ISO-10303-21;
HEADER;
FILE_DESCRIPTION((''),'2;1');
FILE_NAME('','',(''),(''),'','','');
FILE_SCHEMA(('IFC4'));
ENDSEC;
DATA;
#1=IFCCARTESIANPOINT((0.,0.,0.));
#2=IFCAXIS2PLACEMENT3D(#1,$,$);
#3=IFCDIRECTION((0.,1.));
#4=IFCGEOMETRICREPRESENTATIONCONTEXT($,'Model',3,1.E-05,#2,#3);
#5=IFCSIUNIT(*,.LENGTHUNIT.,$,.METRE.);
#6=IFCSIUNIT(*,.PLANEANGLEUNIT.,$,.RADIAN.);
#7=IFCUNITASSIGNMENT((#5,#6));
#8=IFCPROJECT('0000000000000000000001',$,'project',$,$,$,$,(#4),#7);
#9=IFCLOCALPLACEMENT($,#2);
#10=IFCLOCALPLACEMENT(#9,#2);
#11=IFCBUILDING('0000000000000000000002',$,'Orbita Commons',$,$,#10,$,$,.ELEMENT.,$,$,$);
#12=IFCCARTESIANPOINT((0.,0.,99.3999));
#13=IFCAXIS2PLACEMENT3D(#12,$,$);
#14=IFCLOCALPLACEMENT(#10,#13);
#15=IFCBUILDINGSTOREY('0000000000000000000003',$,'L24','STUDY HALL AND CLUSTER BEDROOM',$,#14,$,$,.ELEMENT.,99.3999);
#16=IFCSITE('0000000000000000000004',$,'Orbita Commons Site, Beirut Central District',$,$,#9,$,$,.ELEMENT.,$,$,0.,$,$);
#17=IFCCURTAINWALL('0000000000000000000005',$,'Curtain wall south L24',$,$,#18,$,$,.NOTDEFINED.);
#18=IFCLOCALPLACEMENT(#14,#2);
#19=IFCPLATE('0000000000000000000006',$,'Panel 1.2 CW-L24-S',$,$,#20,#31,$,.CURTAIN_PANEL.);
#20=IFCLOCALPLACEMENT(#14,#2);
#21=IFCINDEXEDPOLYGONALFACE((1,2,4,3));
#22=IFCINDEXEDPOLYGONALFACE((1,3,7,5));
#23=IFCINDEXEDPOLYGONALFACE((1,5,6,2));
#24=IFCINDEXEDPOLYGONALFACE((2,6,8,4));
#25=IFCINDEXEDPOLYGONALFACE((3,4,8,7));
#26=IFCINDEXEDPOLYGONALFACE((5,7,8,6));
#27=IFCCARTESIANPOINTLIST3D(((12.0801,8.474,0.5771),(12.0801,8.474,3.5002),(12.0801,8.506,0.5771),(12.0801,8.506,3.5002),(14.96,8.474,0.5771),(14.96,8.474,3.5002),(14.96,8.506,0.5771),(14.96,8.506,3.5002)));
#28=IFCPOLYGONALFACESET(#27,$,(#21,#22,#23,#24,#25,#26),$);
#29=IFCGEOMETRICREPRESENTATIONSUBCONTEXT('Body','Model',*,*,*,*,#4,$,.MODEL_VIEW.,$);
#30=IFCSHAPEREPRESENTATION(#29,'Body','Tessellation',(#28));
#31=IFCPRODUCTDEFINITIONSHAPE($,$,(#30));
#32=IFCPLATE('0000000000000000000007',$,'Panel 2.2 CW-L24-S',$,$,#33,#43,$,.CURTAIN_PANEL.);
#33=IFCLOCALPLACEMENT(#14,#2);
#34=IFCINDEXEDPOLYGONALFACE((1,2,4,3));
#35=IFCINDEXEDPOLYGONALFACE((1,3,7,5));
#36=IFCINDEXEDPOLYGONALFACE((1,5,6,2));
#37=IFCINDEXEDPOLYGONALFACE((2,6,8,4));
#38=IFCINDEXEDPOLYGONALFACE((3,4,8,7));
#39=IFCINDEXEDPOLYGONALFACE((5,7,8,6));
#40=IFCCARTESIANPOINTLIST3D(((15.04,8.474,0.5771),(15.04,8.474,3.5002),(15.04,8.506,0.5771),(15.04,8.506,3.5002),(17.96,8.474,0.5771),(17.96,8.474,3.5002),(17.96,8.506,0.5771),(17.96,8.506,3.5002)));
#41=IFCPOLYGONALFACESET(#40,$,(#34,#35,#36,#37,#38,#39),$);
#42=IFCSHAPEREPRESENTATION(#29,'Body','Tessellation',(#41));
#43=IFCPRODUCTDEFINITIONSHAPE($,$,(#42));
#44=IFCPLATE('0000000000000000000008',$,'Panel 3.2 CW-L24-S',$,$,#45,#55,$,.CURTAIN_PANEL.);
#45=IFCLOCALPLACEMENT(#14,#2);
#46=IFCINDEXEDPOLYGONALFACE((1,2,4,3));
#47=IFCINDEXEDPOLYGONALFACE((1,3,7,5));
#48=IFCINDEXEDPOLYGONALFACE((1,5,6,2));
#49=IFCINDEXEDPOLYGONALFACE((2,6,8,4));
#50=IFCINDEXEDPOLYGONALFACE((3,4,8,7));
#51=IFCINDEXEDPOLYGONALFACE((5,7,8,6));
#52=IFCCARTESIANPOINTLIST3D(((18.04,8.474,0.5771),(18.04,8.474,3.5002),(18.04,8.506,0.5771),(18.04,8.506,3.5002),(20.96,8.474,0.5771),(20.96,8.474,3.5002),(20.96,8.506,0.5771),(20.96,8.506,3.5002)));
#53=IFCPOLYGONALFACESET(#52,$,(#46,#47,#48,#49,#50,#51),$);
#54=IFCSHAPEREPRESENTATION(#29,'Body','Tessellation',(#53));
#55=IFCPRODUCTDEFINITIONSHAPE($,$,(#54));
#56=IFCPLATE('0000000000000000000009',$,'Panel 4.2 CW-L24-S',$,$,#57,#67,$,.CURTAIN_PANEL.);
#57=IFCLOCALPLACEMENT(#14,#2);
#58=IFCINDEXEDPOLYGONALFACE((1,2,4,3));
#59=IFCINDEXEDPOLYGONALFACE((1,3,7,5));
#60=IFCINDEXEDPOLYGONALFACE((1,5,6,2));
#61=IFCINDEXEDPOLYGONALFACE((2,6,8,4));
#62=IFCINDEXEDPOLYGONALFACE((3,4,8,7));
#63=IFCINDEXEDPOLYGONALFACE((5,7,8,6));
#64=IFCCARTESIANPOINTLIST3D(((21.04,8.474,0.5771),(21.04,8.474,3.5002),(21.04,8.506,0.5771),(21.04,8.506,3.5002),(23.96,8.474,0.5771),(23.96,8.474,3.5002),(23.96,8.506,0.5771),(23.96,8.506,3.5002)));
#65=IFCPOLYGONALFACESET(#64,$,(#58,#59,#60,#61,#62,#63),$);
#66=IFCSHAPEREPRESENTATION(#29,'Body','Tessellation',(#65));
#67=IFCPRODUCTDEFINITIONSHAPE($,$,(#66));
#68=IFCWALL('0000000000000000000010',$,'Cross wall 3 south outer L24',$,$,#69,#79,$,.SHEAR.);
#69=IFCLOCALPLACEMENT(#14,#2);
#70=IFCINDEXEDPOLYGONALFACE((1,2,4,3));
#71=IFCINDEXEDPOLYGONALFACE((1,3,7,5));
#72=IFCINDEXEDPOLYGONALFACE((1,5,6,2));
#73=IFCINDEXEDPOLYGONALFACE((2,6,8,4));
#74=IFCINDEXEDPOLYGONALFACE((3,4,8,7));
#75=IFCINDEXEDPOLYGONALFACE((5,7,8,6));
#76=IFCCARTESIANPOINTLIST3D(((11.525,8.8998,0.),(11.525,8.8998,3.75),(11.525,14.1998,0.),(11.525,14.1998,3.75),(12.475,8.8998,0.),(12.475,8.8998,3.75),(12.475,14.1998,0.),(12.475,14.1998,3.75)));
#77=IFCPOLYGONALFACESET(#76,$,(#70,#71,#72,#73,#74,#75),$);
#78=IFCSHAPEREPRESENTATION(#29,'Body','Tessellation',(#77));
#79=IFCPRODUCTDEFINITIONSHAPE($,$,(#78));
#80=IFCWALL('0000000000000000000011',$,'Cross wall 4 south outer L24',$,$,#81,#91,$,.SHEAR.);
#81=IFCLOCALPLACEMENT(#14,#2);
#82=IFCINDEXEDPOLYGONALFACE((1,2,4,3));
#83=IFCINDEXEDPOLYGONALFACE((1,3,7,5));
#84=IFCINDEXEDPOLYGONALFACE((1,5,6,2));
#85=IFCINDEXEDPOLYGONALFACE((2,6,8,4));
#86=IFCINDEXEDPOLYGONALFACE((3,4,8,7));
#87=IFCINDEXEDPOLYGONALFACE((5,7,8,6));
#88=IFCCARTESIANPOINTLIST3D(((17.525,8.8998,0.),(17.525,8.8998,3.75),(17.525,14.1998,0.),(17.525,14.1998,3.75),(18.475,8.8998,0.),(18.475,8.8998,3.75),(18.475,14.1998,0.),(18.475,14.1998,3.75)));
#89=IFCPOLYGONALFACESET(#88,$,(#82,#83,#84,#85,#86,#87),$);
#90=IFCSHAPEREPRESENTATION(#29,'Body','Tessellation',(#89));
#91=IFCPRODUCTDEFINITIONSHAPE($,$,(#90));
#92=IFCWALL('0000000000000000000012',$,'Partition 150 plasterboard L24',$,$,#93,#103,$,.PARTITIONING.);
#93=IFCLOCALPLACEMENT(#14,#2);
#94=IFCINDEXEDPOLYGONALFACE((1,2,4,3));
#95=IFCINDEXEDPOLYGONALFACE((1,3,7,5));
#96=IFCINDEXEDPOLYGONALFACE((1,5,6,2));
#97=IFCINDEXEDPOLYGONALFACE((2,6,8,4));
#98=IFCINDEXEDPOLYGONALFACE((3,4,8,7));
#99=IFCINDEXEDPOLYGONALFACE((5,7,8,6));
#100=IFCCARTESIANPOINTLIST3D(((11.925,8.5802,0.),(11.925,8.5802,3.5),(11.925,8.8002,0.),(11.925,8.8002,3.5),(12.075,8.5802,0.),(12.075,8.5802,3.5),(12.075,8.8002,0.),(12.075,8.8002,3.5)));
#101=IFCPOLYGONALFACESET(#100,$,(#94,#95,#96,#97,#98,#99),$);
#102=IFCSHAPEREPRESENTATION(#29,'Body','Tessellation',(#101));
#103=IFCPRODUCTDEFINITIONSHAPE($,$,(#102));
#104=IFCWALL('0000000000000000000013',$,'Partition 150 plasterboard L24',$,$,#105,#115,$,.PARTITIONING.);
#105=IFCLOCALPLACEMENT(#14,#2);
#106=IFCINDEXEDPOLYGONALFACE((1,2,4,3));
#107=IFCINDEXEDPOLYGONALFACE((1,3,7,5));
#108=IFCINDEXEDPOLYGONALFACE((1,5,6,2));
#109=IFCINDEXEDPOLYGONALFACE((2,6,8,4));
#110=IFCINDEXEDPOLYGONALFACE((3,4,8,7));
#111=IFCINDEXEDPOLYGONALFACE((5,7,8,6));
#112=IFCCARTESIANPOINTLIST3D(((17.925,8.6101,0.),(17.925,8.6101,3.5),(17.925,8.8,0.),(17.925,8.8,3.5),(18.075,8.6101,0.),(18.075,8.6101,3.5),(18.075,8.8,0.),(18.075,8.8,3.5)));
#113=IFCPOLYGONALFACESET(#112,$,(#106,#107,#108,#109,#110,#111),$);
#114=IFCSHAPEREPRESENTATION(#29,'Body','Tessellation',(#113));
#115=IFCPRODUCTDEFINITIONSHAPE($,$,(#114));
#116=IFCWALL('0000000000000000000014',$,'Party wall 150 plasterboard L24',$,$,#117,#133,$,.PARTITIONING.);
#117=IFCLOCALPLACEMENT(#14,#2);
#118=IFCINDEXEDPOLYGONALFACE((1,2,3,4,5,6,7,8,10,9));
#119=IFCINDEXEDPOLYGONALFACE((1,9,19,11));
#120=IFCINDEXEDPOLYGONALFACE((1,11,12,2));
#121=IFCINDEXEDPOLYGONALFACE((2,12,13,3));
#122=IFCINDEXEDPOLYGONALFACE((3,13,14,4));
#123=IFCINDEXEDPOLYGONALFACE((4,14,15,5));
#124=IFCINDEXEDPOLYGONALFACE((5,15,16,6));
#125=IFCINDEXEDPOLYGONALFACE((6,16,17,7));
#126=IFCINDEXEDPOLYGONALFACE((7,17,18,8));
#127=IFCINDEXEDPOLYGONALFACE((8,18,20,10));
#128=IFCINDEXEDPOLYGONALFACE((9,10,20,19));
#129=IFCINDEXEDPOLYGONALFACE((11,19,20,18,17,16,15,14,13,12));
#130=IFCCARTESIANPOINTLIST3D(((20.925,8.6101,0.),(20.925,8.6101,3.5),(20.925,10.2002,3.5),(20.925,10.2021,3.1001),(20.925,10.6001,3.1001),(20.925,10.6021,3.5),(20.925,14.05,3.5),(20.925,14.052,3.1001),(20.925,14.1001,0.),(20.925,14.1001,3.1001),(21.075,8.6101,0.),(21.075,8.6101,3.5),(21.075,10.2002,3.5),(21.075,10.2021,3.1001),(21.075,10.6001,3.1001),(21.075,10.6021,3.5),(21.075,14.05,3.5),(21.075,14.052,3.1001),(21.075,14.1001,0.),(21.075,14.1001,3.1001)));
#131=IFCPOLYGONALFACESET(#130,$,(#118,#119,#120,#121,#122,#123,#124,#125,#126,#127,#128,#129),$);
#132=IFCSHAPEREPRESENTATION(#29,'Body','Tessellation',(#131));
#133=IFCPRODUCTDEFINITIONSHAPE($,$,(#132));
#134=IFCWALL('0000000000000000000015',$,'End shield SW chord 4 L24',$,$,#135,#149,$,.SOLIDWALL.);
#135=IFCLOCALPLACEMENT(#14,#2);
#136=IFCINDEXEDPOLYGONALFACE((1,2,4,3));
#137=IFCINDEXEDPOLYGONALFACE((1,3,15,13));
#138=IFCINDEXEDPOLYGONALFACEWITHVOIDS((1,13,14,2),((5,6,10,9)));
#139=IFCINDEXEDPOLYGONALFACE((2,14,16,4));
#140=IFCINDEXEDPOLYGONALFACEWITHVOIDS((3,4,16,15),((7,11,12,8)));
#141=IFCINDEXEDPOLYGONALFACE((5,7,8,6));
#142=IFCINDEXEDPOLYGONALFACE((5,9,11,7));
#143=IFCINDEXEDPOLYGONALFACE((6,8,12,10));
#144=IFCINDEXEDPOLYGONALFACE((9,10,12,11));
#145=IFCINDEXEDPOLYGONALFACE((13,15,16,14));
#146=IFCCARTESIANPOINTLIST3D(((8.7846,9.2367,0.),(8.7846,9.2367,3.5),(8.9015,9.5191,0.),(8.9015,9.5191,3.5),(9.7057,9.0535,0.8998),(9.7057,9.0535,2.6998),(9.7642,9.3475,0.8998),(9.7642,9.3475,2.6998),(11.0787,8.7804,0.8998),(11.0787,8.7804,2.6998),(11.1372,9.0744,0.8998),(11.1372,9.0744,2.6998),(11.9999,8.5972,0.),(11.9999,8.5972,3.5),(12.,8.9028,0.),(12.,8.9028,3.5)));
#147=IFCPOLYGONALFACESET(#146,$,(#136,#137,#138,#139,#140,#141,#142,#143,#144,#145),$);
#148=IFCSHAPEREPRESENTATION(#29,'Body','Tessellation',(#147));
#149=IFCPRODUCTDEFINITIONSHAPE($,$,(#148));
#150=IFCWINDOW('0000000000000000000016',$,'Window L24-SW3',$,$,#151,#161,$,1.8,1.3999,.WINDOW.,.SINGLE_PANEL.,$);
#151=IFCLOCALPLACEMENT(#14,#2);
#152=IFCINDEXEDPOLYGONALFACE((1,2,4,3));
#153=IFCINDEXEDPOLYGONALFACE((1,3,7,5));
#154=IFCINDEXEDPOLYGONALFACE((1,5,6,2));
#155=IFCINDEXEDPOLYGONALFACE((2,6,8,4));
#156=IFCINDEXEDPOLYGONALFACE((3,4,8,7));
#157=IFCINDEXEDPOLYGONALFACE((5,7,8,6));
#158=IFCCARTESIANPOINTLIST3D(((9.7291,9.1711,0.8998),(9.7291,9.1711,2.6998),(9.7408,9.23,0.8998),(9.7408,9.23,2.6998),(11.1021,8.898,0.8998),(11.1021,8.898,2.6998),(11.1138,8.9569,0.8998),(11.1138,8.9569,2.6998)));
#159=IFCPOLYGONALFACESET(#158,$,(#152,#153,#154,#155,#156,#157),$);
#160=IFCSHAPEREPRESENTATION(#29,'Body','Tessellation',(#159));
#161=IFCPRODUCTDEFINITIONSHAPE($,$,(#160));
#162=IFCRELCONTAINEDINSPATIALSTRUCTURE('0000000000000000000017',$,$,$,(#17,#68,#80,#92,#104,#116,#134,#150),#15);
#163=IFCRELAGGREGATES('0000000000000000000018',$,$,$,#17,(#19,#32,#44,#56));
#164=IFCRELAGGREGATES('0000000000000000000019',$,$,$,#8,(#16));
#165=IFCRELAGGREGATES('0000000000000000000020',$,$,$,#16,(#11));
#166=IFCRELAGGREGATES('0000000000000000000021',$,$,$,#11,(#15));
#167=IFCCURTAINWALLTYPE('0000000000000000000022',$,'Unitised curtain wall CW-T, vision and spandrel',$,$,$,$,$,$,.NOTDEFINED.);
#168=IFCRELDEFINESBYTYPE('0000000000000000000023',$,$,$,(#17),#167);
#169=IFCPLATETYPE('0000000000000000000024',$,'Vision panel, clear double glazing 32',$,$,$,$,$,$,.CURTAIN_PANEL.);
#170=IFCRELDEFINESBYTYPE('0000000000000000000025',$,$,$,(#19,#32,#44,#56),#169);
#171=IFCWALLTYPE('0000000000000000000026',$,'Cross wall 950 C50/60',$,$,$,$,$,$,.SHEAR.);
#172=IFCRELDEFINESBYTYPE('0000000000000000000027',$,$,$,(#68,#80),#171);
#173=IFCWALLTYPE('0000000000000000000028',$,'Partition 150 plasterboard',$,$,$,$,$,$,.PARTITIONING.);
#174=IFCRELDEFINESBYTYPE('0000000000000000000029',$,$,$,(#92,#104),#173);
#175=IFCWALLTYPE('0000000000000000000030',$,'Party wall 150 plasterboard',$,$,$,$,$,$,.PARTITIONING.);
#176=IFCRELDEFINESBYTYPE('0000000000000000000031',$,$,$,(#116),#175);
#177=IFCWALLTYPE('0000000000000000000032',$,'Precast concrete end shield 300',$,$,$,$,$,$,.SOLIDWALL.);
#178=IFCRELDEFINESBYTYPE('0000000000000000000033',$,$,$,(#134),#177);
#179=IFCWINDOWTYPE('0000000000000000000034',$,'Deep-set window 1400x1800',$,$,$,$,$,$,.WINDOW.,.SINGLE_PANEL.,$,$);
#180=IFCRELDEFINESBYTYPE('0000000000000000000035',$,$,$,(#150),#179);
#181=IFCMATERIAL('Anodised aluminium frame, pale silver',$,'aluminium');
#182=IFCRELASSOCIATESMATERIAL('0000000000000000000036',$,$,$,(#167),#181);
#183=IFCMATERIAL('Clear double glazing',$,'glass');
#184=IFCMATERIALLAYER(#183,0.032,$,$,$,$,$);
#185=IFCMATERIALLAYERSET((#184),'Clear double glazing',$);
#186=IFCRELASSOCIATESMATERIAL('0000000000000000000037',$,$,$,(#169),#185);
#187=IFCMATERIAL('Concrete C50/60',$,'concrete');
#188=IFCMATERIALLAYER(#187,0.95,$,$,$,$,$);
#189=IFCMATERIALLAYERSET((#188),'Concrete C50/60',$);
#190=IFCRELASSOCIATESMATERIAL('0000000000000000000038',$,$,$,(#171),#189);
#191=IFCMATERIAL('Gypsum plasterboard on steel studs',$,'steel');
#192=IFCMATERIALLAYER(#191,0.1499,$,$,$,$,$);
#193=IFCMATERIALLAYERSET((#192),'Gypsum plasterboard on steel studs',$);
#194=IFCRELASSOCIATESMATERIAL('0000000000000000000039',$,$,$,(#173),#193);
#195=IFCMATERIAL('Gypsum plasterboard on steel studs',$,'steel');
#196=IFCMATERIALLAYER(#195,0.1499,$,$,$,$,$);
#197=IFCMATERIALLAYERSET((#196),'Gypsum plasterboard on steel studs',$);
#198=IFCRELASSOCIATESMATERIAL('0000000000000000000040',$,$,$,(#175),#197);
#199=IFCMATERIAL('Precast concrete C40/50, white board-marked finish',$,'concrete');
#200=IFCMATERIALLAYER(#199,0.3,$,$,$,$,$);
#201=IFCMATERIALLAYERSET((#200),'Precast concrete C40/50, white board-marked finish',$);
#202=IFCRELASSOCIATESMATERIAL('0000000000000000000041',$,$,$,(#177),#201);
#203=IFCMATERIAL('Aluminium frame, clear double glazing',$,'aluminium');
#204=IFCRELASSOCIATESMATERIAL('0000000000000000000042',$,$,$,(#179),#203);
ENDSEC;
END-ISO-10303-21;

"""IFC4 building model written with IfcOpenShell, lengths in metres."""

from ifc_helpers import new_model, si_unit, direction, frame, frame_2d, origin, origin_2d, place, context, subcontext, project, spatial, polyline, rectangle, outline, extrude, material, layer, layer_set, type_object, element, fill, aggregate, save


model = new_model("IFC4")

# Units and contexts
model_context = context("Model", 3, precision=1e-05, world=origin(), true_north=direction((0.0, 1.0)))
body_context = subcontext(model_context, "Body", "Model", "MODEL_VIEW")
ifc_project = project(units=[si_unit("LENGTHUNIT", "METRE"), si_unit("PLANEANGLEUNIT", "RADIAN")], contexts=[model_context])

# Site, building, storey
site_placement = place(None, origin())
site = spatial("IfcSite", under=ifc_project, at=site_placement, Name="Orbita Commons Site, Beirut Central District", CompositionType="ELEMENT", RefElevation=0.0)
building_placement = place(site_placement, origin())
building = spatial("IfcBuilding", under=site, at=building_placement, Name="Orbita Commons", CompositionType="ELEMENT")
storey_placement = place(building_placement, frame((0.0, 0.0, 99.3999)))
storey = spatial("IfcBuildingStorey", under=building, at=storey_placement, Name="L24", Description="STUDY HALL AND CLUSTER BEDROOM", CompositionType="ELEMENT", Elevation=99.3999)

# Curtain wall
ifc_material_1 = material(Name="Anodised aluminium frame, pale silver", Category="aluminium")
curtain_wall_type = type_object("IfcCurtainWallType", Name="Unitised curtain wall CW-T, vision and spandrel", PredefinedType="NOTDEFINED", material=ifc_material_1)
curtain_wall_placement = place(storey_placement, origin())
curtain_wall = element("IfcCurtainWall", 1, at=curtain_wall_placement, inside=storey, type_object=curtain_wall_type, Name="Curtain wall south L24", PredefinedType="NOTDEFINED")

# Plates
ifc_material_2 = material(Name="Clear double glazing", Category="glass")
ifc_layer_1 = layer(ifc_material_2, 0.032)
ifc_layer_set_1 = layer_set([ifc_layer_1], Name="Clear double glazing")
plate_type_1 = type_object("IfcPlateType", Name="Vision panel, clear double glazing 32", PredefinedType="CURTAIN_PANEL", material=ifc_layer_set_1)
plate_1_placement = place(storey_placement, frame((13.52, 8.49, 0.5771), z_axis=(0.0, 0.0, 1.0), x_axis=(1.0, 0.0, 0.0)))
plate_1 = element("IfcPlate", 2, at=plate_1_placement, type_object=plate_type_1, Name="Panel 1.2 CW-L24-S", PredefinedType="CURTAIN_PANEL", context=body_context, shape_type="SweptSolid", body=[
    extrude(rectangle(XDim=2.8799, YDim=0.032, at=origin_2d()), origin(), (0.0, 0.0, 1.0), 2.9231),
])
plate_2_placement = place(storey_placement, frame((16.5, 8.49, 0.5771), z_axis=(0.0, 0.0, 1.0), x_axis=(1.0, 0.0, 0.0)))
plate_2 = element("IfcPlate", 3, at=plate_2_placement, type_object=plate_type_1, Name="Panel 2.2 CW-L24-S", PredefinedType="CURTAIN_PANEL", context=body_context, shape_type="SweptSolid", body=[
    extrude(rectangle(XDim=2.9199, YDim=0.032, at=origin_2d()), origin(), (0.0, 0.0, 1.0), 2.9231),
])
plate_3_placement = place(storey_placement, frame((19.5, 8.49, 0.5771), z_axis=(0.0, 0.0, 1.0), x_axis=(1.0, 0.0, 0.0)))
plate_3 = element("IfcPlate", 4, at=plate_3_placement, type_object=plate_type_1, Name="Panel 3.2 CW-L24-S", PredefinedType="CURTAIN_PANEL", context=body_context, shape_type="SweptSolid", body=[
    extrude(rectangle(XDim=2.9199, YDim=0.032, at=origin_2d()), origin(), (0.0, 0.0, 1.0), 2.9231),
])
plate_4_placement = place(storey_placement, frame((22.5, 8.49, 0.5771), z_axis=(0.0, 0.0, 1.0), x_axis=(1.0, 0.0, 0.0)))
plate_4 = element("IfcPlate", 5, at=plate_4_placement, type_object=plate_type_1, Name="Panel 4.2 CW-L24-S", PredefinedType="CURTAIN_PANEL", context=body_context, shape_type="SweptSolid", body=[
    extrude(rectangle(XDim=2.9199, YDim=0.032, at=origin_2d()), origin(), (0.0, 0.0, 1.0), 2.9231),
])
aggregate(curtain_wall, [plate_1, plate_2, plate_3, plate_4])

# Walls
ifc_material_3 = material(Name="Concrete C50/60", Category="concrete")
ifc_layer_2 = layer(ifc_material_3, 0.95)
ifc_layer_set_2 = layer_set([ifc_layer_2], Name="Concrete C50/60")
wall_type_1 = type_object("IfcWallType", Name="Cross wall 950 C50/60", PredefinedType="SHEAR", material=ifc_layer_set_2)
for number, where, z_axis, x_axis, name in (
    (6, (12.0, 8.8999, 0.0), (0.0, 0.0, 1.0), (0.0, 1.0, 0.0), "Cross wall 3 south outer L24"),
    (7, (18.0, 8.8999, 0.0), (0.0, 0.0, 1.0), (0.0, 1.0, 0.0), "Cross wall 4 south outer L24"),
):
    element("IfcWall", number, at=place(storey_placement, frame(where, z_axis=z_axis, x_axis=x_axis)), inside=storey, type_object=wall_type_1, Name=name, PredefinedType="SHEAR", context=body_context, shape_type="SweptSolid", body=[
        extrude(rectangle(XDim=5.3, YDim=0.95, at=frame_2d((2.6499, 0.0))), origin(), (0.0, 0.0, 1.0), 3.75),
    ])
ifc_material_4 = material(Name="Gypsum plasterboard on steel studs", Category="steel")
ifc_layer_3 = layer(ifc_material_4, 0.1499)
ifc_layer_set_3 = layer_set([ifc_layer_3], Name="Gypsum plasterboard on steel studs")
wall_type_2 = type_object("IfcWallType", Name="Partition 150 plasterboard", PredefinedType="PARTITIONING", material=ifc_layer_set_3)
wall_1_placement = place(storey_placement, frame((12.0, 8.8, 0.0), z_axis=(0.0, 0.0, 1.0), x_axis=(0.0, -1.0, 0.0)))
element("IfcWall", 8, at=wall_1_placement, inside=storey, type_object=wall_type_2, Name="Partition 150 plasterboard L24", PredefinedType="PARTITIONING", context=body_context, shape_type="SweptSolid", body=[
    extrude(rectangle(XDim=0.22, YDim=0.1499, at=frame_2d((0.1099, 0.0))), origin(), (0.0, 0.0, 1.0), 3.5),
])
wall_2_placement = place(storey_placement, frame((18.0, 8.8, 0.0), z_axis=(0.0, 0.0, 1.0), x_axis=(0.0, -1.0, 0.0)))
element("IfcWall", 9, at=wall_2_placement, inside=storey, type_object=wall_type_2, Name="Partition 150 plasterboard L24", PredefinedType="PARTITIONING", context=body_context, shape_type="SweptSolid", body=[
    extrude(rectangle(XDim=0.1899, YDim=0.1499, at=frame_2d((0.095, 0.0))), origin(), (0.0, 0.0, 1.0), 3.5),
])
ifc_material_5 = material(Name="Gypsum plasterboard on steel studs", Category="steel")
ifc_layer_4 = layer(ifc_material_5, 0.1499)
ifc_layer_set_4 = layer_set([ifc_layer_4], Name="Gypsum plasterboard on steel studs")
wall_type_3 = type_object("IfcWallType", Name="Party wall 150 plasterboard", PredefinedType="PARTITIONING", material=ifc_layer_set_4)
wall_3_placement = place(storey_placement, frame((21.0, 8.6101, 0.0), z_axis=(0.0, 0.0, 1.0), x_axis=(0.0, 1.0, 0.0)))
element("IfcWall", 10, at=wall_3_placement, inside=storey, type_object=wall_type_3, Name="Party wall 150 plasterboard L24", PredefinedType="PARTITIONING", context=body_context, shape_type="SweptSolid", body=[
    extrude(outline(polyline([(0.0, 0.0), (5.49, 0.0), (5.49, 3.1001), (5.4419, 3.1001), (5.4399, 3.5), (1.9919, 3.5), (1.99, 3.1001), (1.592, 3.1001), (1.5901, 3.5), (0.0, 3.5), (0.0, 0.0)])), frame((0.0, 0.075, 0.0), z_axis=(0.0, -1.0, 0.0), x_axis=(1.0, 0.0, 0.0)), (0.0, 0.0, 1.0), 0.1499),
])

# Wall, opening, window
ifc_material_6 = material(Name="Precast concrete C40/50, white board-marked finish", Category="concrete")
ifc_layer_5 = layer(ifc_material_6, 0.3)
ifc_layer_set_5 = layer_set([ifc_layer_5], Name="Precast concrete C40/50, white board-marked finish")
wall_type_4 = type_object("IfcWallType", Name="Precast concrete end shield 300", PredefinedType="SOLIDWALL", material=ifc_layer_set_5)
wall_4_placement = place(storey_placement, frame((8.843, 9.3779, 0.0), z_axis=(0.0, 0.0, 1.0), x_axis=(0.980787, -0.19508, 0.0)))
wall_4 = element("IfcWall", 11, at=wall_4_placement, inside=storey, type_object=wall_type_4, Name="End shield SW chord 4 L24", PredefinedType="SOLIDWALL", context=body_context, shape_type="SweptSolid", body=[
    extrude(outline(polyline([(-0.0298, -0.1499), (3.2485, -0.1499), (3.189, 0.1499), (0.0298, 0.1499), (-0.0298, -0.1499)])), origin(), (0.0, 0.0, 1.0), 3.5),
])
opening_placement = place(wall_4_placement, frame((0.9094, 0.0, 0.8999)))
opening = element("IfcOpeningElement", 12, at=opening_placement, cuts=wall_4, PredefinedType="OPENING", context=body_context, shape_type="SweptSolid", body=[
    extrude(rectangle(XDim=1.3999, YDim=1.8, at=frame_2d((0.7, 0.8999))), frame((0.0, 0.1599, 0.0), z_axis=(0.0, -1.0, 0.0), x_axis=(1.0, 0.0, 0.0)), (0.0, 0.0, 1.0), 0.3201),
])
ifc_material_7 = material(Name="Aluminium frame, clear double glazing", Category="aluminium")
window_type = type_object("IfcWindowType", Name="Deep-set window 1400x1800", PartitioningType="SINGLE_PANEL", PredefinedType="WINDOW", material=ifc_material_7)
window_placement = place(opening_placement, origin())
window = element("IfcWindow", 13, at=window_placement, inside=storey, type_object=window_type, Name="Window L24-SW3", OverallHeight=1.8, OverallWidth=1.3999, PartitioningType="SINGLE_PANEL", PredefinedType="WINDOW", context=body_context, shape_type="SweptSolid", body=[
    extrude(rectangle(XDim=1.3999, YDim=1.8, at=frame_2d((0.7, 0.8999))), frame((0.0, 0.03, 0.0), z_axis=(0.0, -1.0, 0.0), x_axis=(1.0, 0.0, 0.0)), (0.0, 0.0, 1.0), 0.0601),
])
fill(opening, window)

save(model, "model.ifc")
